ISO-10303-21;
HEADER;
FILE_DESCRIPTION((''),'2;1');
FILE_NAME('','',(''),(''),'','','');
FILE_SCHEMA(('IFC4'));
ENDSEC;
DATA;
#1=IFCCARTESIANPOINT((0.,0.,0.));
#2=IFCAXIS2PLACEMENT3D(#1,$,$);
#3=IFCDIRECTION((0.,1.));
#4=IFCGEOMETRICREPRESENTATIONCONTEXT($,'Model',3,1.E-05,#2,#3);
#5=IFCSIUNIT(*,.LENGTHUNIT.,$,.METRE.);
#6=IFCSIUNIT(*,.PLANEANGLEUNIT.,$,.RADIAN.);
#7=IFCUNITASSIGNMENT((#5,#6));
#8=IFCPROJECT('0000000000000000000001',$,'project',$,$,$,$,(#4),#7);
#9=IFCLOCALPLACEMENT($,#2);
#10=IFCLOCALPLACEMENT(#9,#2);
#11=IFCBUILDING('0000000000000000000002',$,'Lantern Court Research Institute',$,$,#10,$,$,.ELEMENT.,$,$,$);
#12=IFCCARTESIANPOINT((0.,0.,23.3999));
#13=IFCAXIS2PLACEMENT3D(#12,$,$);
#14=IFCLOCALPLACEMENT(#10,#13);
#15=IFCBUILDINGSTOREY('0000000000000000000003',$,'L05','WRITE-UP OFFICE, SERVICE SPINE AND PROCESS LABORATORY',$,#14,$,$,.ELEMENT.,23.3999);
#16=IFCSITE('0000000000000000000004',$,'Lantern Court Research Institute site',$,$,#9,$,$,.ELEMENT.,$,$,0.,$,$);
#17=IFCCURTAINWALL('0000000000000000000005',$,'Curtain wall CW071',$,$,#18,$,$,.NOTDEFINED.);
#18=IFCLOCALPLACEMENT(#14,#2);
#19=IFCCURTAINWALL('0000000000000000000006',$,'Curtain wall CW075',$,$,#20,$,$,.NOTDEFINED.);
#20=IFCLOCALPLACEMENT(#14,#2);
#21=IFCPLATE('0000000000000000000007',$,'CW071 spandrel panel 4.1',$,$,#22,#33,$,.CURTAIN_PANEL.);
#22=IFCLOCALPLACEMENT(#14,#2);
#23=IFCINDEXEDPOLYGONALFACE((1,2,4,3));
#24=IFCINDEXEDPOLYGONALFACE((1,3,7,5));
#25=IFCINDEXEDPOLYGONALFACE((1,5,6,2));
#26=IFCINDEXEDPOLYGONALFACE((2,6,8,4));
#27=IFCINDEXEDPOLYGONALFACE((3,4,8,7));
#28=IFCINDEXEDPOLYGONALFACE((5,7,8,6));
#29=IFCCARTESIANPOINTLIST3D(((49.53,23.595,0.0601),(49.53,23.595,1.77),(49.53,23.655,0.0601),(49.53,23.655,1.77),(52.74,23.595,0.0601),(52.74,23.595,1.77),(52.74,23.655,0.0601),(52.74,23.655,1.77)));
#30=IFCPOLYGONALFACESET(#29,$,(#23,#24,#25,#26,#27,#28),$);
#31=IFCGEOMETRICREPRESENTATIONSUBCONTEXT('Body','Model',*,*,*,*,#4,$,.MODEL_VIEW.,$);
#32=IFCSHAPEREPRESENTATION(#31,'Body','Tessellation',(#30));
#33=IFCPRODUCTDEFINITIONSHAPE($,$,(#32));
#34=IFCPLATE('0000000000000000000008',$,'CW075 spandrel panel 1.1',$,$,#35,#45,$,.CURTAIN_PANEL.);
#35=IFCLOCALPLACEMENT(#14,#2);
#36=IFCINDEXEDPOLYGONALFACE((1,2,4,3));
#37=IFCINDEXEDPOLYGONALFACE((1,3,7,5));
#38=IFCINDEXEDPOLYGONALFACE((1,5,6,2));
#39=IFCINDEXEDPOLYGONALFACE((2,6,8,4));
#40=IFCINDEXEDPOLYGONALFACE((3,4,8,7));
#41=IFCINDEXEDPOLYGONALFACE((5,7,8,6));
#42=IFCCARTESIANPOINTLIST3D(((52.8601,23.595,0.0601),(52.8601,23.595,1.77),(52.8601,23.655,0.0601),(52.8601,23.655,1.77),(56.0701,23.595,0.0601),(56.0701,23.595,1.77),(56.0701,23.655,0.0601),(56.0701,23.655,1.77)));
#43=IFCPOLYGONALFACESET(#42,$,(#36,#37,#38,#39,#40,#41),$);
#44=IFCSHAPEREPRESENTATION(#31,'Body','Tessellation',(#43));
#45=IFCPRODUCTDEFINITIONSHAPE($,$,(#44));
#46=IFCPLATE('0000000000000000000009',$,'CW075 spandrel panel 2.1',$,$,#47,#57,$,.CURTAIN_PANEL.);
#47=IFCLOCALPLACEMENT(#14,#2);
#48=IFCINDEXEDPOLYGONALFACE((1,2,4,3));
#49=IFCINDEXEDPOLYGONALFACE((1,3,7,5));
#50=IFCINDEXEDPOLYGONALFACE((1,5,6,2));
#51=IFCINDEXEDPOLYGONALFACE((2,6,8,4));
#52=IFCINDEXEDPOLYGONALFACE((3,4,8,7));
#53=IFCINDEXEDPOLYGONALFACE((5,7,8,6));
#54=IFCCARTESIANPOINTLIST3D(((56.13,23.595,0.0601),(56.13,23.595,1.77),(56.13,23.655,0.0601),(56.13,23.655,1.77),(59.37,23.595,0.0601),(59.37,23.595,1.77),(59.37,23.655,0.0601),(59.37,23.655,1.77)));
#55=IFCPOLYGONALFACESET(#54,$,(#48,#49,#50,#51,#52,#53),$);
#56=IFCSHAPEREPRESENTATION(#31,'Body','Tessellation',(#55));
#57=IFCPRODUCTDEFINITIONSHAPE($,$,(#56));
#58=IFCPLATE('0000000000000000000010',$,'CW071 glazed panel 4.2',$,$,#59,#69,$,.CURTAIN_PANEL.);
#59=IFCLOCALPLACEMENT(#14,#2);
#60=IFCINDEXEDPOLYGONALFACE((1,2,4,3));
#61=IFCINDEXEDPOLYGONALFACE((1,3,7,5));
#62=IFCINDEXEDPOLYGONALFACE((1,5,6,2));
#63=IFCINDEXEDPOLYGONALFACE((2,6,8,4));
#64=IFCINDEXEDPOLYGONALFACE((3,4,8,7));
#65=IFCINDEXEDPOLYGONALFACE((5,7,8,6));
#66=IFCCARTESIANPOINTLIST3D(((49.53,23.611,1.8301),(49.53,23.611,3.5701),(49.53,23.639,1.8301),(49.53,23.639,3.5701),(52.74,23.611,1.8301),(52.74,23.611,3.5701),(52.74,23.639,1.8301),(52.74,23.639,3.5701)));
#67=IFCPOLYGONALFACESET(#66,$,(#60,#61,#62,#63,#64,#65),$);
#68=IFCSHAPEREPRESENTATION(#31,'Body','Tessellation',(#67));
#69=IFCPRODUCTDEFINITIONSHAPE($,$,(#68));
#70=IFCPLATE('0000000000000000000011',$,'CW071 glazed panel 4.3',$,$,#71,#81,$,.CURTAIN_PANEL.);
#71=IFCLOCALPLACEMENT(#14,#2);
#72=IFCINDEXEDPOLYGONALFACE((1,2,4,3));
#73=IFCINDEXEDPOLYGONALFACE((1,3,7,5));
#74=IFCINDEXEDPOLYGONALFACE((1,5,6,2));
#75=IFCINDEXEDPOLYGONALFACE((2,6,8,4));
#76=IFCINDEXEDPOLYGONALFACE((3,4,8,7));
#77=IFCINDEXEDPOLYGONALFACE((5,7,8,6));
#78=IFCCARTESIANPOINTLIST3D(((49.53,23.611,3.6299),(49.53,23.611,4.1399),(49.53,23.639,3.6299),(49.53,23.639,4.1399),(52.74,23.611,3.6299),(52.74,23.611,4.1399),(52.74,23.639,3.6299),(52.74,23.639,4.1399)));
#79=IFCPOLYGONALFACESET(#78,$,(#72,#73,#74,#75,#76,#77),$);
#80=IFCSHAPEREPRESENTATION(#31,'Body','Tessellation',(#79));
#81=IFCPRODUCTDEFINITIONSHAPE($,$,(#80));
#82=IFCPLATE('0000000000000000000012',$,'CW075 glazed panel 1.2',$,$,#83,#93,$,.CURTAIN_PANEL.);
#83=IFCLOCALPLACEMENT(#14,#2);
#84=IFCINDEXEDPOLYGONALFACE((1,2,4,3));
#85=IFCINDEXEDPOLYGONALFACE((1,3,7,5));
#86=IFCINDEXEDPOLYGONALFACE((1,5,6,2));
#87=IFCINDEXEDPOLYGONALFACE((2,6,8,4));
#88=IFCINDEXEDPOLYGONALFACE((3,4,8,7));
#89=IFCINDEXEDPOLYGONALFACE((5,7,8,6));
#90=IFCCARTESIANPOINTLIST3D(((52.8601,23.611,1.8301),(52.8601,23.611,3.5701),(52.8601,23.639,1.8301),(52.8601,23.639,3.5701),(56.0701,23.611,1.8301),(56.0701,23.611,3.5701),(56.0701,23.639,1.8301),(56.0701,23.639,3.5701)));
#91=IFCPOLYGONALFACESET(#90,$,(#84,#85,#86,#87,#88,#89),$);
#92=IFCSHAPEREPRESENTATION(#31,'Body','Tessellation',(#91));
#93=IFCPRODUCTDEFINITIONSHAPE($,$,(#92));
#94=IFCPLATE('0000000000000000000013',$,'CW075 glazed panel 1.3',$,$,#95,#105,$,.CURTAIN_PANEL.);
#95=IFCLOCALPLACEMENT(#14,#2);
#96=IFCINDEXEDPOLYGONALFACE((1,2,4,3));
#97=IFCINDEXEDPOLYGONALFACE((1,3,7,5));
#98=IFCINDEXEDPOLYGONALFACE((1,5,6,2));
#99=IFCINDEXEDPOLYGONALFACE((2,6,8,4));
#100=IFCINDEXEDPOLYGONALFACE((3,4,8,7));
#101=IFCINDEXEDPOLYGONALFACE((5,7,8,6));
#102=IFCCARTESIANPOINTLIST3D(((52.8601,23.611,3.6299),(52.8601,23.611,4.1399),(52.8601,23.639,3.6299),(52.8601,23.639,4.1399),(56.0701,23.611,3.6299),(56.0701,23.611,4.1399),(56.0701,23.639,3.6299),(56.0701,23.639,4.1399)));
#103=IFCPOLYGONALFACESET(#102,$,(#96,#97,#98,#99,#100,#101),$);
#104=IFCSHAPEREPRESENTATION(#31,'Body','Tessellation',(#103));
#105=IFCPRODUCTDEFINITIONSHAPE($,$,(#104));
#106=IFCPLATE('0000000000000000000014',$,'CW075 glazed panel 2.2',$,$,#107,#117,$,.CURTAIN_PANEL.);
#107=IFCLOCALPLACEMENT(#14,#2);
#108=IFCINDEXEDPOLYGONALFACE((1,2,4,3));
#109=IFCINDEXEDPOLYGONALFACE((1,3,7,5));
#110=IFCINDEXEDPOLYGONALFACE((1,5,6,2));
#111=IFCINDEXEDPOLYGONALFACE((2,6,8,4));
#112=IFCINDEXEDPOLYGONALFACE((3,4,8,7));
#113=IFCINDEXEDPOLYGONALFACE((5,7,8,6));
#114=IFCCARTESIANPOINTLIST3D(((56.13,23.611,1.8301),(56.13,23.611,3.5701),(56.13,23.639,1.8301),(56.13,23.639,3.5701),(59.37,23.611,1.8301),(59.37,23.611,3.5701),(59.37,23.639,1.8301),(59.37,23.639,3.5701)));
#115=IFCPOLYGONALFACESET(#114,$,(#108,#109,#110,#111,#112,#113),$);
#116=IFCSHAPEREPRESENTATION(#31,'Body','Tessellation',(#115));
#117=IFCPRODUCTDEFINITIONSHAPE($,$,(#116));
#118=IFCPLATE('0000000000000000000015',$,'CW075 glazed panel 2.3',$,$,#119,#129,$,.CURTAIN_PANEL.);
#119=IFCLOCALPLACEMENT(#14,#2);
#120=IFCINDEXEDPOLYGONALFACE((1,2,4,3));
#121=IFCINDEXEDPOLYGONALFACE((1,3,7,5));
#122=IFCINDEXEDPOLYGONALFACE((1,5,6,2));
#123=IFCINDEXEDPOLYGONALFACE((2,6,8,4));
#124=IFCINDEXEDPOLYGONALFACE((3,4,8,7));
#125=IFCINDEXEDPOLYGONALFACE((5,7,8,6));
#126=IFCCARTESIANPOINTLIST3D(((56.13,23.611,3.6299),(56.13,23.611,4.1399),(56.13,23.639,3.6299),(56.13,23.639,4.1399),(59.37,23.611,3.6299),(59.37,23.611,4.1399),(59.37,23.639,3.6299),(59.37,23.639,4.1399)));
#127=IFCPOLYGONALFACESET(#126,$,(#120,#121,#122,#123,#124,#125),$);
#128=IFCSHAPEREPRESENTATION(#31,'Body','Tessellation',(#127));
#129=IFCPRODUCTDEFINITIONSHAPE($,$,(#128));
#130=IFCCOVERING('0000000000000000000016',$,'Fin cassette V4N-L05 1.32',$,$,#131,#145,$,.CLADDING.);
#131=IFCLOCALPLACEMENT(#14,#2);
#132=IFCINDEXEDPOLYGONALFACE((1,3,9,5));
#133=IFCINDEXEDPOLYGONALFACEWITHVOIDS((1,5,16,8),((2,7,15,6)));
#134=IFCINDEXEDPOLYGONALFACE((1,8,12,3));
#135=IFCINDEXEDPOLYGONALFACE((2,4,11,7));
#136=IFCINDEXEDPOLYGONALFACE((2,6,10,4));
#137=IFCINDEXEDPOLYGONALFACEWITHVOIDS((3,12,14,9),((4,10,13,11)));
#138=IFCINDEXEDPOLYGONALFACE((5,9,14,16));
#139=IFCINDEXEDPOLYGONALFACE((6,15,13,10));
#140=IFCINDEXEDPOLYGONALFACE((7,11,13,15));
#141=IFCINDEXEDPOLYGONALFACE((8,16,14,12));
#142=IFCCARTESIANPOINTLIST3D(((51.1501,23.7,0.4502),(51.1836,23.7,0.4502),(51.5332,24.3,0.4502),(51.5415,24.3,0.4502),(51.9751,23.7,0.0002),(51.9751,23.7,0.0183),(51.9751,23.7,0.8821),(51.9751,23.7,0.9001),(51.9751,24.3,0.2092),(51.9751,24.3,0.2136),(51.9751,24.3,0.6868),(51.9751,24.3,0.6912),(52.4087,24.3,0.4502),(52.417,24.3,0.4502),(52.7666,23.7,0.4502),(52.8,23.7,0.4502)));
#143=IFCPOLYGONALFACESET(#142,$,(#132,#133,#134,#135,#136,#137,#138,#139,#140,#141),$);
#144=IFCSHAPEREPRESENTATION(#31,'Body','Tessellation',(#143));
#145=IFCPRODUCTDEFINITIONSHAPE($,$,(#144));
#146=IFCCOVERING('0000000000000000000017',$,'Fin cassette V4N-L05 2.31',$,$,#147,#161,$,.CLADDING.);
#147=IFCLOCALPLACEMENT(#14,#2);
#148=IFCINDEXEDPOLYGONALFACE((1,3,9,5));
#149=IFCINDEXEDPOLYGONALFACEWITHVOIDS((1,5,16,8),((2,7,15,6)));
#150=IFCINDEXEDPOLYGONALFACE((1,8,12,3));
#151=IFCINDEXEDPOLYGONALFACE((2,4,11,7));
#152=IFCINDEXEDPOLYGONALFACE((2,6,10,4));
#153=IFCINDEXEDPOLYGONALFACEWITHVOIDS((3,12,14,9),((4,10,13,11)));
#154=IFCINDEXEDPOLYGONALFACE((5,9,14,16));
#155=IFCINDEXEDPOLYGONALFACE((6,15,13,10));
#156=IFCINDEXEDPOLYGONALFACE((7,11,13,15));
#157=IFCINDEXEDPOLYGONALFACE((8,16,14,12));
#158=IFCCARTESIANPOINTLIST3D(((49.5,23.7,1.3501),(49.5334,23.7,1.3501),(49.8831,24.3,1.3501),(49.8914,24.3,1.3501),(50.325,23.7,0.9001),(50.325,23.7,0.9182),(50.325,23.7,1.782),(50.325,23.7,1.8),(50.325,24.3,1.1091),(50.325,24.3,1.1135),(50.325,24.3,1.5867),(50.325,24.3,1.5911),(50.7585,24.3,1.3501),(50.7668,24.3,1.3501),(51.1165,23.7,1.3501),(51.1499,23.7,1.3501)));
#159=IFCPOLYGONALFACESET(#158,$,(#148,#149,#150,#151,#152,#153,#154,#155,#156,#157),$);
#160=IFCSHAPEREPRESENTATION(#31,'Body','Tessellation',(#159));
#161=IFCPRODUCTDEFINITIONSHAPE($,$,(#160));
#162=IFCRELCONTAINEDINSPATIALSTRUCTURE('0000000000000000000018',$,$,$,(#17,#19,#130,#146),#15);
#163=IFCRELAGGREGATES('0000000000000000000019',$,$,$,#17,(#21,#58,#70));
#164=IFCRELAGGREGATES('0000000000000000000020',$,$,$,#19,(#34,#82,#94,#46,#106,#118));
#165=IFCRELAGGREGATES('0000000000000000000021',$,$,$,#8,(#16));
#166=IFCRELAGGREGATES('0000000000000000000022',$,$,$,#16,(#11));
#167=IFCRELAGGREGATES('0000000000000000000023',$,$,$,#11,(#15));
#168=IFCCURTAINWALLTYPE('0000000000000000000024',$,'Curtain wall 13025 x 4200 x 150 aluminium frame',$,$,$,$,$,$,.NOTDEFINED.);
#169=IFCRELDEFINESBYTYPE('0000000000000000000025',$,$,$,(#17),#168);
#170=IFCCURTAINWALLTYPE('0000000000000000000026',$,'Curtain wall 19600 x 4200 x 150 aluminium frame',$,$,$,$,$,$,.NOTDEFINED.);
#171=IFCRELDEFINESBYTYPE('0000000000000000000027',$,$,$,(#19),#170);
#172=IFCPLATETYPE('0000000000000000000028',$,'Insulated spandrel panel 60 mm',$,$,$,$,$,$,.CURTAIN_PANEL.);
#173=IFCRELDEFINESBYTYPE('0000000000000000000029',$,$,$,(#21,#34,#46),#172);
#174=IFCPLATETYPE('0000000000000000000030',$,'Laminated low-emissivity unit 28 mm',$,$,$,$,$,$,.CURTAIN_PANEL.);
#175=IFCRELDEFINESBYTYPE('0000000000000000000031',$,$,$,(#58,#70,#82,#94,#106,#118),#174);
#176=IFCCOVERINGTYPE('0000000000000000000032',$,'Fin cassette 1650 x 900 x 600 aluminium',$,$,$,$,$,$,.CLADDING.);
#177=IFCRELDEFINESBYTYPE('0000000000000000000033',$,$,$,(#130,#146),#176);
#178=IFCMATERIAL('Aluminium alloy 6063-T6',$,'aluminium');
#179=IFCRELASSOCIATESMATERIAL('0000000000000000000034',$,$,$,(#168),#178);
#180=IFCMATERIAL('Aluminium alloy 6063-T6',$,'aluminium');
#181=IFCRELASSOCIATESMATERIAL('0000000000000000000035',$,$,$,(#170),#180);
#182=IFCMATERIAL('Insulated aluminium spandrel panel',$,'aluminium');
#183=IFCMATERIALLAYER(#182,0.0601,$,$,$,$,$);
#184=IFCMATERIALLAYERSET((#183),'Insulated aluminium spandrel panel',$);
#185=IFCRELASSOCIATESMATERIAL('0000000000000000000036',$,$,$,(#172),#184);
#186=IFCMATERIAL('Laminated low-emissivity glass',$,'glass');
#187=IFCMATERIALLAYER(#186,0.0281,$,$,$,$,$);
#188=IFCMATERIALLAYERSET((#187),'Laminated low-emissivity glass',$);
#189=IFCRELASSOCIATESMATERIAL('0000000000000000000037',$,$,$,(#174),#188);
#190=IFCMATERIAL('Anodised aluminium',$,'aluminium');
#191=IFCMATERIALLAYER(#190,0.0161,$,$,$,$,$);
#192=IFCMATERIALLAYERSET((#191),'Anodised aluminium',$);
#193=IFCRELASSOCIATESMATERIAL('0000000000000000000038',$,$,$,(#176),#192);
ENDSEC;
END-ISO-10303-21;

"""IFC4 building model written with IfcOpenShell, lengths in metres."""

from ifc_helpers import new_model, entity, si_unit, direction, frame, origin, origin_2d, place, context, subcontext, project, spatial, rectangle, extrude, material, layer, layer_set, type_object, element, aggregate, save


model = new_model("IFC4")

# Units and contexts
model_context = context("Model", 3, precision=1e-05, world=origin(), true_north=direction((0.0, 1.0)))
body_context = subcontext(model_context, "Body", "Model", "MODEL_VIEW")
ifc_project = project(units=[si_unit("LENGTHUNIT", "METRE"), si_unit("PLANEANGLEUNIT", "RADIAN")], contexts=[model_context])

# Site, building, storey
site_placement = place(None, origin())
site = spatial("IfcSite", under=ifc_project, at=site_placement, Name="Lantern Court Research Institute site", CompositionType="ELEMENT", RefElevation=0.0)
building_placement = place(site_placement, origin())
building = spatial("IfcBuilding", under=site, at=building_placement, Name="Lantern Court Research Institute", CompositionType="ELEMENT")
storey_placement = place(building_placement, frame((0.0, 0.0, 23.3999)))
storey = spatial("IfcBuildingStorey", under=building, at=storey_placement, Name="L05", Description="WRITE-UP OFFICE, SERVICE SPINE AND PROCESS LABORATORY", CompositionType="ELEMENT", Elevation=23.3999)

# Curtain wall
ifc_material_1 = material(Name="Aluminium alloy 6063-T6", Category="aluminium")
curtain_wall_type_1 = type_object("IfcCurtainWallType", Name="Curtain wall 13025 x 4200 x 150 aluminium frame", PredefinedType="NOTDEFINED", material=ifc_material_1)
curtain_wall_1_placement = place(storey_placement, origin())
curtain_wall_1 = element("IfcCurtainWall", 1, at=curtain_wall_1_placement, inside=storey, type_object=curtain_wall_type_1, Name="Curtain wall CW071", PredefinedType="NOTDEFINED")

# Curtain wall
ifc_material_2 = material(Name="Aluminium alloy 6063-T6", Category="aluminium")
curtain_wall_type_2 = type_object("IfcCurtainWallType", Name="Curtain wall 19600 x 4200 x 150 aluminium frame", PredefinedType="NOTDEFINED", material=ifc_material_2)
curtain_wall_2_placement = place(storey_placement, origin())
curtain_wall_2 = element("IfcCurtainWall", 2, at=curtain_wall_2_placement, inside=storey, type_object=curtain_wall_type_2, Name="Curtain wall CW075", PredefinedType="NOTDEFINED")

# Plates
ifc_material_3 = material(Name="Insulated aluminium spandrel panel", Category="aluminium")
ifc_layer_1 = layer(ifc_material_3, 0.0601)
ifc_layer_set_1 = layer_set([ifc_layer_1], Name="Insulated aluminium spandrel panel")
plate_type_1 = type_object("IfcPlateType", Name="Insulated spandrel panel 60 mm", PredefinedType="CURTAIN_PANEL", material=ifc_layer_set_1)
plate_1_placement = place(storey_placement, frame((51.135, 23.625, 0.0601), z_axis=(0.0, 0.0, 1.0), x_axis=(1.0, 0.0, 0.0)))
plate_1 = element("IfcPlate", 3, at=plate_1_placement, type_object=plate_type_1, Name="CW071 spandrel panel 4.1", PredefinedType="CURTAIN_PANEL", context=body_context, shape_type="SweptSolid", body=[
    extrude(rectangle(XDim=3.21, YDim=0.0601, at=origin_2d()), origin(), (0.0, 0.0, 1.0), 1.71),
])
plate_2_placement = place(storey_placement, frame((54.4651, 23.625, 0.0601), z_axis=(0.0, 0.0, 1.0), x_axis=(1.0, 0.0, 0.0)))
plate_2 = element("IfcPlate", 4, at=plate_2_placement, type_object=plate_type_1, Name="CW075 spandrel panel 1.1", PredefinedType="CURTAIN_PANEL", context=body_context, shape_type="SweptSolid", body=[
    extrude(rectangle(XDim=3.21, YDim=0.0601, at=origin_2d()), origin(), (0.0, 0.0, 1.0), 1.71),
])
plate_3_placement = place(storey_placement, frame((57.75, 23.625, 0.0601), z_axis=(0.0, 0.0, 1.0), x_axis=(1.0, 0.0, 0.0)))
plate_3 = element("IfcPlate", 5, at=plate_3_placement, type_object=plate_type_1, Name="CW075 spandrel panel 2.1", PredefinedType="CURTAIN_PANEL", context=body_context, shape_type="SweptSolid", body=[
    extrude(rectangle(XDim=3.24, YDim=0.0601, at=origin_2d()), origin(), (0.0, 0.0, 1.0), 1.71),
])
ifc_material_4 = material(Name="Laminated low-emissivity glass", Category="glass")
ifc_layer_2 = layer(ifc_material_4, 0.0281)
ifc_layer_set_2 = layer_set([ifc_layer_2], Name="Laminated low-emissivity glass")
plate_type_2 = type_object("IfcPlateType", Name="Laminated low-emissivity unit 28 mm", PredefinedType="CURTAIN_PANEL", material=ifc_layer_set_2)
plate_4_placement = place(storey_placement, frame((51.135, 23.625, 1.8301), z_axis=(0.0, 0.0, 1.0), x_axis=(1.0, 0.0, 0.0)))
plate_4 = element("IfcPlate", 6, at=plate_4_placement, type_object=plate_type_2, Name="CW071 glazed panel 4.2", PredefinedType="CURTAIN_PANEL", context=body_context, shape_type="SweptSolid", body=[
    extrude(rectangle(XDim=3.21, YDim=0.0281, at=origin_2d()), origin(), (0.0, 0.0, 1.0), 1.74),
])
plate_5_placement = place(storey_placement, frame((51.135, 23.625, 3.6299), z_axis=(0.0, 0.0, 1.0), x_axis=(1.0, 0.0, 0.0)))
plate_5 = element("IfcPlate", 7, at=plate_5_placement, type_object=plate_type_2, Name="CW071 glazed panel 4.3", PredefinedType="CURTAIN_PANEL", context=body_context, shape_type="SweptSolid", body=[
    extrude(rectangle(XDim=3.21, YDim=0.0281, at=origin_2d()), origin(), (0.0, 0.0, 1.0), 0.51),
])
aggregate(curtain_wall_1, [plate_1, plate_4, plate_5])
plate_6_placement = place(storey_placement, frame((54.4651, 23.625, 1.8301), z_axis=(0.0, 0.0, 1.0), x_axis=(1.0, 0.0, 0.0)))
plate_6 = element("IfcPlate", 8, at=plate_6_placement, type_object=plate_type_2, Name="CW075 glazed panel 1.2", PredefinedType="CURTAIN_PANEL", context=body_context, shape_type="SweptSolid", body=[
    extrude(rectangle(XDim=3.21, YDim=0.0281, at=origin_2d()), origin(), (0.0, 0.0, 1.0), 1.74),
])
plate_7_placement = place(storey_placement, frame((54.4651, 23.625, 3.6299), z_axis=(0.0, 0.0, 1.0), x_axis=(1.0, 0.0, 0.0)))
plate_7 = element("IfcPlate", 9, at=plate_7_placement, type_object=plate_type_2, Name="CW075 glazed panel 1.3", PredefinedType="CURTAIN_PANEL", context=body_context, shape_type="SweptSolid", body=[
    extrude(rectangle(XDim=3.21, YDim=0.0281, at=origin_2d()), origin(), (0.0, 0.0, 1.0), 0.51),
])
plate_8_placement = place(storey_placement, frame((57.75, 23.625, 1.8301), z_axis=(0.0, 0.0, 1.0), x_axis=(1.0, 0.0, 0.0)))
plate_8 = element("IfcPlate", 10, at=plate_8_placement, type_object=plate_type_2, Name="CW075 glazed panel 2.2", PredefinedType="CURTAIN_PANEL", context=body_context, shape_type="SweptSolid", body=[
    extrude(rectangle(XDim=3.24, YDim=0.0281, at=origin_2d()), origin(), (0.0, 0.0, 1.0), 1.74),
])
plate_9_placement = place(storey_placement, frame((57.75, 23.625, 3.6299), z_axis=(0.0, 0.0, 1.0), x_axis=(1.0, 0.0, 0.0)))
plate_9 = element("IfcPlate", 11, at=plate_9_placement, type_object=plate_type_2, Name="CW075 glazed panel 2.3", PredefinedType="CURTAIN_PANEL", context=body_context, shape_type="SweptSolid", body=[
    extrude(rectangle(XDim=3.24, YDim=0.0281, at=origin_2d()), origin(), (0.0, 0.0, 1.0), 0.51),
])
aggregate(curtain_wall_2, [plate_2, plate_6, plate_7, plate_3, plate_8, plate_9])

# Coverings
ifc_material_5 = material(Name="Anodised aluminium", Category="aluminium")
ifc_layer_3 = layer(ifc_material_5, 0.0161)
ifc_layer_set_3 = layer_set([ifc_layer_3], Name="Anodised aluminium")
covering_type = type_object("IfcCoveringType", Name="Fin cassette 1650 x 900 x 600 aluminium", PredefinedType="CLADDING", material=ifc_layer_set_3)
covering_1_placement = place(storey_placement, frame((51.9751, 23.7, 0.4502), z_axis=(0.0, 1.0, 0.0), x_axis=(-1.0, 0.0, 0.0)))
cartesian_point_1 = entity("IfcCartesianPoint", [0.825, 0.0])
cartesian_point_2 = entity("IfcCartesianPoint", [0.7915, 0.0])
cartesian_point_3 = entity("IfcCartesianPoint", [0.4419, 0.0])
cartesian_point_4 = entity("IfcCartesianPoint", [0.4336, 0.0])
element("IfcCovering", 12, at=covering_1_placement, inside=storey, type_object=covering_type, Name="Fin cassette V4N-L05 1.32", PredefinedType="CLADDING", context=body_context, shape_type="SweptSolid", body=[
    entity("IfcExtrudedAreaSolidTapered", entity("IfcArbitraryProfileDefWithVoids", "AREA", None, entity("IfcPolyline", [cartesian_point_1, entity("IfcCartesianPoint", [0.0, 0.45]), entity("IfcCartesianPoint", [-0.825, 0.0]), entity("IfcCartesianPoint", [0.0, -0.45]), cartesian_point_1]), [entity("IfcPolyline", [cartesian_point_2, entity("IfcCartesianPoint", [0.0, 0.4319]), entity("IfcCartesianPoint", [-0.7915, 0.0]), entity("IfcCartesianPoint", [0.0, -0.4319]), cartesian_point_2])]), entity("IfcAxis2Placement3D", entity("IfcCartesianPoint", [0.0, 0.0, 0.0])), entity("IfcDirection", [0.0, 0.0, 1.0]), 0.6001, entity("IfcArbitraryProfileDefWithVoids", "AREA", None, entity("IfcPolyline", [cartesian_point_3, entity("IfcCartesianPoint", [0.0, 0.241]), entity("IfcCartesianPoint", [-0.4419, 0.0]), entity("IfcCartesianPoint", [0.0, -0.241]), cartesian_point_3]), [entity("IfcPolyline", [cartesian_point_4, entity("IfcCartesianPoint", [0.0, 0.2366]), entity("IfcCartesianPoint", [-0.4336, 0.0]), entity("IfcCartesianPoint", [0.0, -0.2366]), cartesian_point_4])])),
])
covering_2_placement = place(storey_placement, frame((50.325, 23.7, 1.3501), z_axis=(0.0, 1.0, 0.0), x_axis=(-1.0, 0.0, 0.0)))
cartesian_point_5 = entity("IfcCartesianPoint", [0.825, 0.0])
cartesian_point_6 = entity("IfcCartesianPoint", [0.7915, 0.0])
cartesian_point_7 = entity("IfcCartesianPoint", [0.4419, 0.0])
cartesian_point_8 = entity("IfcCartesianPoint", [0.4336, 0.0])
element("IfcCovering", 13, at=covering_2_placement, inside=storey, type_object=covering_type, Name="Fin cassette V4N-L05 2.31", PredefinedType="CLADDING", context=body_context, shape_type="SweptSolid", body=[
    entity("IfcExtrudedAreaSolidTapered", entity("IfcArbitraryProfileDefWithVoids", "AREA", None, entity("IfcPolyline", [cartesian_point_5, entity("IfcCartesianPoint", [0.0, 0.45]), entity("IfcCartesianPoint", [-0.825, 0.0]), entity("IfcCartesianPoint", [0.0, -0.45]), cartesian_point_5]), [entity("IfcPolyline", [cartesian_point_6, entity("IfcCartesianPoint", [0.0, 0.4319]), entity("IfcCartesianPoint", [-0.7915, 0.0]), entity("IfcCartesianPoint", [0.0, -0.4319]), cartesian_point_6])]), entity("IfcAxis2Placement3D", entity("IfcCartesianPoint", [0.0, 0.0, 0.0])), entity("IfcDirection", [0.0, 0.0, 1.0]), 0.6001, entity("IfcArbitraryProfileDefWithVoids", "AREA", None, entity("IfcPolyline", [cartesian_point_7, entity("IfcCartesianPoint", [0.0, 0.241]), entity("IfcCartesianPoint", [-0.4419, 0.0]), entity("IfcCartesianPoint", [0.0, -0.241]), cartesian_point_7]), [entity("IfcPolyline", [cartesian_point_8, entity("IfcCartesianPoint", [0.0, 0.2366]), entity("IfcCartesianPoint", [-0.4336, 0.0]), entity("IfcCartesianPoint", [0.0, -0.2366]), cartesian_point_8])])),
])

save(model, "model.ifc")
